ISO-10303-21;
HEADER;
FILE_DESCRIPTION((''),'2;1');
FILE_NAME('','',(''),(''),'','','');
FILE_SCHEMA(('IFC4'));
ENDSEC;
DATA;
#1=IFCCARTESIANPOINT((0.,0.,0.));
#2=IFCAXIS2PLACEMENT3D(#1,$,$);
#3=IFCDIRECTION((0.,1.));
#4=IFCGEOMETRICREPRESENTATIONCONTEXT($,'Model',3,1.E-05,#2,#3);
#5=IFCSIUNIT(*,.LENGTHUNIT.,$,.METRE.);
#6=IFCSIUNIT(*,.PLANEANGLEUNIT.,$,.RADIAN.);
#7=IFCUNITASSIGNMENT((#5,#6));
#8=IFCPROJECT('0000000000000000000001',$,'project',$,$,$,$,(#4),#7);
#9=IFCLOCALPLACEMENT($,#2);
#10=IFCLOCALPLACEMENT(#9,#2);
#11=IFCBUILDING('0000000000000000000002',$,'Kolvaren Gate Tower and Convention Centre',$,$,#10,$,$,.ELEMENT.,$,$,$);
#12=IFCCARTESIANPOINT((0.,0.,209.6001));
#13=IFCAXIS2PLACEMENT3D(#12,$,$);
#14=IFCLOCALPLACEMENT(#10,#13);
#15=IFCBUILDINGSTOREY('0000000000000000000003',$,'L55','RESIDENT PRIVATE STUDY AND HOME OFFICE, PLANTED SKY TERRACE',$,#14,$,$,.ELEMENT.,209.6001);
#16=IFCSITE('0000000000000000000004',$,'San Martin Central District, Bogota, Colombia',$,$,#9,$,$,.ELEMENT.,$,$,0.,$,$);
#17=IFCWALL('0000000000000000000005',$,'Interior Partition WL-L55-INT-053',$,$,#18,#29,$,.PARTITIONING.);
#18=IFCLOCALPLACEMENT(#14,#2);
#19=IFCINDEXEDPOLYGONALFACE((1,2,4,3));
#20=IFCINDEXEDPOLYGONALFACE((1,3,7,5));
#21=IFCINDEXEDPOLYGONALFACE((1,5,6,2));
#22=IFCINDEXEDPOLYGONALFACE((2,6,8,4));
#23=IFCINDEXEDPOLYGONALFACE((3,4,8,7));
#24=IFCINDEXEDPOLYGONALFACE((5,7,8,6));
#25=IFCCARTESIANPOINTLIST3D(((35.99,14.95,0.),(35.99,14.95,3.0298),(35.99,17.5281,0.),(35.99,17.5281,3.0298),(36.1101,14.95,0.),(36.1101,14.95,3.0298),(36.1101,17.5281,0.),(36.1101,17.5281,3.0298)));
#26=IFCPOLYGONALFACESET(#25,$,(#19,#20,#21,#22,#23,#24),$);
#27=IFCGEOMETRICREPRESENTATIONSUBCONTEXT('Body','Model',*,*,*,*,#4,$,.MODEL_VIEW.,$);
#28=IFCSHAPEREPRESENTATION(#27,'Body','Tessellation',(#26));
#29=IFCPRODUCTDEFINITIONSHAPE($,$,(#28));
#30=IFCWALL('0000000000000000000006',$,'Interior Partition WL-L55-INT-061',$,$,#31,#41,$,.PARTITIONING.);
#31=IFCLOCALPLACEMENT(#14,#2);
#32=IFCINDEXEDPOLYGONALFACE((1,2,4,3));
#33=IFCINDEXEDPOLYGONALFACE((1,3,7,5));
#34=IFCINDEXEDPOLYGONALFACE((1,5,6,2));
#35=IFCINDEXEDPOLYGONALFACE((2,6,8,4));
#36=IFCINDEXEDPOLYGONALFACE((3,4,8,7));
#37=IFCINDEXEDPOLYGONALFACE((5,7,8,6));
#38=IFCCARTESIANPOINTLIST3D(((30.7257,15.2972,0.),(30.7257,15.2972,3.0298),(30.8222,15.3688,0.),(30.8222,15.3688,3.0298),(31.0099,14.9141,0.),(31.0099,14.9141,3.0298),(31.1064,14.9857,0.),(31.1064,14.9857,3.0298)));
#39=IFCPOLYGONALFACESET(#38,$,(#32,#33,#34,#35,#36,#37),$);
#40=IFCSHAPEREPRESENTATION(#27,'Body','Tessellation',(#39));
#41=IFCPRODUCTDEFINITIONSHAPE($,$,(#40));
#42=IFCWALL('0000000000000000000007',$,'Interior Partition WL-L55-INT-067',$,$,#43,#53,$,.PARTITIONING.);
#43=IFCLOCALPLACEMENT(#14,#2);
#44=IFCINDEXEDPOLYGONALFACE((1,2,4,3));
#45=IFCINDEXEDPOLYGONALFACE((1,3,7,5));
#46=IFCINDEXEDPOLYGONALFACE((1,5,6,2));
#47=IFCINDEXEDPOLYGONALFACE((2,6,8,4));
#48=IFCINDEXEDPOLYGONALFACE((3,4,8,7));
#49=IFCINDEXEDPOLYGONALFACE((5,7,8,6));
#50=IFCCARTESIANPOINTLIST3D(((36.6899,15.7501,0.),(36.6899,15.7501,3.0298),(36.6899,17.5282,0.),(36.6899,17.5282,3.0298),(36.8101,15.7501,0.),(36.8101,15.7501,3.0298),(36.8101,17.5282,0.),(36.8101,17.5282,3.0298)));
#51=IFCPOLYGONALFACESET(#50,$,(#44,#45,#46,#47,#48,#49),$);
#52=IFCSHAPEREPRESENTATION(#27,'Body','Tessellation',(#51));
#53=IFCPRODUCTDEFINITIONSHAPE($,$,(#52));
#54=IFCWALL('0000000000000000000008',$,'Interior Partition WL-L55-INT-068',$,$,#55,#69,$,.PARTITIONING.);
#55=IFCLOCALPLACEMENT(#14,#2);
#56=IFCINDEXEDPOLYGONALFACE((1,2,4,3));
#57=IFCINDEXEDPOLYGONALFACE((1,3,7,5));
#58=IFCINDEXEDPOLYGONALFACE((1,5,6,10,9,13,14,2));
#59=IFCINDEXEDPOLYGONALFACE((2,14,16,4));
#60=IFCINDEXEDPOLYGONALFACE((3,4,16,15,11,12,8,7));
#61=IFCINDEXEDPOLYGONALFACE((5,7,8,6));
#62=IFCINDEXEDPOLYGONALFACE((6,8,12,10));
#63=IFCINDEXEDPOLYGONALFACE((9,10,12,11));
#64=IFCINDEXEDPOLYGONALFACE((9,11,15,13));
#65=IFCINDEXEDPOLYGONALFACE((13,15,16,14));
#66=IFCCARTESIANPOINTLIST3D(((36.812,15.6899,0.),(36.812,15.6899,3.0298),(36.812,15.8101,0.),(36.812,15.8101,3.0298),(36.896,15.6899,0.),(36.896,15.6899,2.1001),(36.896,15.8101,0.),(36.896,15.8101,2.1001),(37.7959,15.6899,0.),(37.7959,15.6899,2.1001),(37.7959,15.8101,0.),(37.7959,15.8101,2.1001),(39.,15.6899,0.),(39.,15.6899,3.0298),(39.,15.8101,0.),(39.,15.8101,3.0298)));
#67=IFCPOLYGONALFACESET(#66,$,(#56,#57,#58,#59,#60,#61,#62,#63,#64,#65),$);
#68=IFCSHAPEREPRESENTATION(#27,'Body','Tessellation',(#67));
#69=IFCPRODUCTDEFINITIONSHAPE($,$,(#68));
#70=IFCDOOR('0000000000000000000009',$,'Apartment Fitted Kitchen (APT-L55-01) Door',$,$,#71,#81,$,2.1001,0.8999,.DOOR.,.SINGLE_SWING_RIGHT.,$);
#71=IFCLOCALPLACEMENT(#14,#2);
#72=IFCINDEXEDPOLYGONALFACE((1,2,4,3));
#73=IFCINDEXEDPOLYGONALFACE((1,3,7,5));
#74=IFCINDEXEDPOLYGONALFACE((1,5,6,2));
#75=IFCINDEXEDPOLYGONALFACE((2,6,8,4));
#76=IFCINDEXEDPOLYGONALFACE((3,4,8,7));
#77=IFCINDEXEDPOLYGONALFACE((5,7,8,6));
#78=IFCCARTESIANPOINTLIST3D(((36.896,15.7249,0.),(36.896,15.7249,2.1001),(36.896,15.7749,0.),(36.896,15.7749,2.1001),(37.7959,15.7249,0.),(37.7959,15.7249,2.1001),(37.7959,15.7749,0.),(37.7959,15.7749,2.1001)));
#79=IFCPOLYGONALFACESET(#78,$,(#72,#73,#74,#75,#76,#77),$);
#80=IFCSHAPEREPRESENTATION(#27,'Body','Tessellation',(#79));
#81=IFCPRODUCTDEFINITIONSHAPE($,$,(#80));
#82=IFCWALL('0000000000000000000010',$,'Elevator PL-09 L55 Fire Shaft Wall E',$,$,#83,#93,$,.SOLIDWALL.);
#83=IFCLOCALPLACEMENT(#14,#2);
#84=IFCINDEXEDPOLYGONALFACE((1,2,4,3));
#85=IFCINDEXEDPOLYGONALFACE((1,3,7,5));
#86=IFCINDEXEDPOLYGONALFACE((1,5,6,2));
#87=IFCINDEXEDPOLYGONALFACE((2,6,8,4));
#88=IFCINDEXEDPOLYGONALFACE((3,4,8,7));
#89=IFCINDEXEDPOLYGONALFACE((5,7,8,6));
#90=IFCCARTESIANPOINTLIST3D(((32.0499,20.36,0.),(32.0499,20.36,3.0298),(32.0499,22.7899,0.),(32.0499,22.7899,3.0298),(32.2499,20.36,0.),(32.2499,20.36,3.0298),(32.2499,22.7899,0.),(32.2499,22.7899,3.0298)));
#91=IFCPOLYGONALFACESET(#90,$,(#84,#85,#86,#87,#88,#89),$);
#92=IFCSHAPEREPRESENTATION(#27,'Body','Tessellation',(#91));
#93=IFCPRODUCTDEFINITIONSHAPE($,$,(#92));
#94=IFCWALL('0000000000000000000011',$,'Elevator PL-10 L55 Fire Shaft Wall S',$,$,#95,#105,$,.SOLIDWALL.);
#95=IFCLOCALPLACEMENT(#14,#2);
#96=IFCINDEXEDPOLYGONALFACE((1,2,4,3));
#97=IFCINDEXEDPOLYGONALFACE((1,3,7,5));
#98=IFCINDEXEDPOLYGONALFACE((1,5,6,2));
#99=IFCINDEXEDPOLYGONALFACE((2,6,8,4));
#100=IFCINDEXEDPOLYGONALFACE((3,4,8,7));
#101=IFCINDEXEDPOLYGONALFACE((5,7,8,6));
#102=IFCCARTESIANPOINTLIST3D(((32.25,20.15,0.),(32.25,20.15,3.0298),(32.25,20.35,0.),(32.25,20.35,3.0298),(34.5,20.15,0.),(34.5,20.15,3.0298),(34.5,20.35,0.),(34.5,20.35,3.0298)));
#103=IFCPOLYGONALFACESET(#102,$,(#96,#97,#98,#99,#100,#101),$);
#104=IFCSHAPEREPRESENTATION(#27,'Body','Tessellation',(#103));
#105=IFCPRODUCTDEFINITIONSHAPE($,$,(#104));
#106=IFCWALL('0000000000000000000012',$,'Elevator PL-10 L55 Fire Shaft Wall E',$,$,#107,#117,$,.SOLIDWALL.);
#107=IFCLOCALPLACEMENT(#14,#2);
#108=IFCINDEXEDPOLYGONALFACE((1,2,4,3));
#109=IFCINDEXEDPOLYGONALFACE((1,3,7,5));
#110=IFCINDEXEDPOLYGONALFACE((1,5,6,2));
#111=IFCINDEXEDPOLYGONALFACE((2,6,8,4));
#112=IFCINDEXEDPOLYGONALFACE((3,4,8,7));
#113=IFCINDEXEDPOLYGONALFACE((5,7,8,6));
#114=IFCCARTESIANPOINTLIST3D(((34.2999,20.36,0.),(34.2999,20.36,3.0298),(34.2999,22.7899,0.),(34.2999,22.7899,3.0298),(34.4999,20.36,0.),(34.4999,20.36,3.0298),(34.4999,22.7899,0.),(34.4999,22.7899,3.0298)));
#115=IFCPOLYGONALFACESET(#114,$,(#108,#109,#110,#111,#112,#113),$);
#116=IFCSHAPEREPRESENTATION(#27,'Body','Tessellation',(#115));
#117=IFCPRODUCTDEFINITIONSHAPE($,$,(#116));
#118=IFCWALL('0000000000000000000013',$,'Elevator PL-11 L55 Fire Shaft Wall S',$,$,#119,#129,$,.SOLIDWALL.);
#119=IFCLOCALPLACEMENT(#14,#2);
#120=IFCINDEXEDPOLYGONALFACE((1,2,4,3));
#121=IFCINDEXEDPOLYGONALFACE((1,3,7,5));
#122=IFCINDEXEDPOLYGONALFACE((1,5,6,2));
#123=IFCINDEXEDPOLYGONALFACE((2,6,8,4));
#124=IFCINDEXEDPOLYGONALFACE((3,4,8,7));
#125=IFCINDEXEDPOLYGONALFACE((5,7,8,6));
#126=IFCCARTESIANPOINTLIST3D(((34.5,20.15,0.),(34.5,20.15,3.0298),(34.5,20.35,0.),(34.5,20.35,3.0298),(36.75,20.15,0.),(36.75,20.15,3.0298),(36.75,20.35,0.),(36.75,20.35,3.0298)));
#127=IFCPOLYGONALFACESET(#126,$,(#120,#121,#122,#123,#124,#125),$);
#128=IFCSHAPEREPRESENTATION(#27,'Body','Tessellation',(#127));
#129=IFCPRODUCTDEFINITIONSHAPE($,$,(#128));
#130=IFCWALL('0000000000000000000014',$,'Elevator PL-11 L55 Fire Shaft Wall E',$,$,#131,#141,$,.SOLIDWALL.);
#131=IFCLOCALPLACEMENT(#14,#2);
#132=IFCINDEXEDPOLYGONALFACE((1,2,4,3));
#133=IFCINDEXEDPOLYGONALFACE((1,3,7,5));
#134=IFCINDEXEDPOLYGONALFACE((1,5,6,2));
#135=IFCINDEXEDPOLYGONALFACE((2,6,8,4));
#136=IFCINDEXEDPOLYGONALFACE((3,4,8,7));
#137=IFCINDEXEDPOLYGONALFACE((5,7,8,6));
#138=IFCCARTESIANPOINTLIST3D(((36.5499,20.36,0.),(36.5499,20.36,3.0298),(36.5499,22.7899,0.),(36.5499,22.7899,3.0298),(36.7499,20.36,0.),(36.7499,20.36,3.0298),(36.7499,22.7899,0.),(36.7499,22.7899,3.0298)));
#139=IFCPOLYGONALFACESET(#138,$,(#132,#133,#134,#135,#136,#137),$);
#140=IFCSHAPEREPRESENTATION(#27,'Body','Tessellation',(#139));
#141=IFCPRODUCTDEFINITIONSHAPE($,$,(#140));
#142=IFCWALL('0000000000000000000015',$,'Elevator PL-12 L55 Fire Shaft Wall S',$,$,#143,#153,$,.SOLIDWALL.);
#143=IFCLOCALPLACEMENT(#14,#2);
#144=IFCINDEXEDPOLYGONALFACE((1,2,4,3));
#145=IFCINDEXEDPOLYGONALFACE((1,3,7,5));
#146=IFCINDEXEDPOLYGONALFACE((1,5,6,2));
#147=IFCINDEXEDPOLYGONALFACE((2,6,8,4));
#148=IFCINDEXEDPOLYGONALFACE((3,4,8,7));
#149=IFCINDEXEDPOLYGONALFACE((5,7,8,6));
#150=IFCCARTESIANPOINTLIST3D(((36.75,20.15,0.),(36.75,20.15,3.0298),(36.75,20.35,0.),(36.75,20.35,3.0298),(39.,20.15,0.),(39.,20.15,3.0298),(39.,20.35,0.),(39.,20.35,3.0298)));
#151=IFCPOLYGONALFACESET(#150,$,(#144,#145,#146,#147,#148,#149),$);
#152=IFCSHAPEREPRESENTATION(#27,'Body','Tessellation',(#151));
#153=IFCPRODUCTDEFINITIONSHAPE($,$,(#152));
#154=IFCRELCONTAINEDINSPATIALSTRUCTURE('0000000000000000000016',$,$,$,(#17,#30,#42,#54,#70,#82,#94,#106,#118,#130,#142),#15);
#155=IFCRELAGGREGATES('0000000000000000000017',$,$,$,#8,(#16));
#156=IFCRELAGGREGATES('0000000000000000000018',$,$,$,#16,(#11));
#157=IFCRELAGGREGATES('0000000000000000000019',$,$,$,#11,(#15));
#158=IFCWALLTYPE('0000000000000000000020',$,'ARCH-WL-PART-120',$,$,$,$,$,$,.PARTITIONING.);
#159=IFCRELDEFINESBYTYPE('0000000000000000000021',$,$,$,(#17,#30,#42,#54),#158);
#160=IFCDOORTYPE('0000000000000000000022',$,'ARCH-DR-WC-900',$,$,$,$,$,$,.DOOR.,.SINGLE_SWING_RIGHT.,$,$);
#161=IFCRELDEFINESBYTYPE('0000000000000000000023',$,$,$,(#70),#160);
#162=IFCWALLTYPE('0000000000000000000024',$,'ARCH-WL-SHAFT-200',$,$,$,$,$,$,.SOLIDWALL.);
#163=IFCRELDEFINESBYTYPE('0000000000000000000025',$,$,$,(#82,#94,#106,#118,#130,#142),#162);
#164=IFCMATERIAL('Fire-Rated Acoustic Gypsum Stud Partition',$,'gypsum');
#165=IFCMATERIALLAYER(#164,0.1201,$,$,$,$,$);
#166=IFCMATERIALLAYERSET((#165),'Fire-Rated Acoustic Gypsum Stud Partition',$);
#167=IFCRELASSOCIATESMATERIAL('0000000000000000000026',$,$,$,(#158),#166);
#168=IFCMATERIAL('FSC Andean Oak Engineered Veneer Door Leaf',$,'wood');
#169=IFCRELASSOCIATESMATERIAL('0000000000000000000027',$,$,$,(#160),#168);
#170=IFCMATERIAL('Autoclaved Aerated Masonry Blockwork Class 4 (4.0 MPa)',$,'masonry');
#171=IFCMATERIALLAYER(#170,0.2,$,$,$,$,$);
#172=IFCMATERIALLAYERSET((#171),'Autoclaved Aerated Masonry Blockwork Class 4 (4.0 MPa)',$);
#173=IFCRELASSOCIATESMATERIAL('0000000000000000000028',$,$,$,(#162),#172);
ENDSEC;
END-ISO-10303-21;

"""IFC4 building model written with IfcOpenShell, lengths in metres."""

from ifc_helpers import new_model, si_unit, direction, frame, frame_2d, origin, place, context, subcontext, project, spatial, rectangle, extrude, material, layer, layer_set, type_object, element, fill, save


model = new_model("IFC4")

# Units and contexts
model_context = context("Model", 3, precision=1e-05, world=origin(), true_north=direction((0.0, 1.0)))
body_context = subcontext(model_context, "Body", "Model", "MODEL_VIEW")
ifc_project = project(units=[si_unit("LENGTHUNIT", "METRE"), si_unit("PLANEANGLEUNIT", "RADIAN")], contexts=[model_context])

# Site, building, storey
site_placement = place(None, origin())
site = spatial("IfcSite", under=ifc_project, at=site_placement, Name="San Martin Central District, Bogota, Colombia", CompositionType="ELEMENT", RefElevation=0.0)
building_placement = place(site_placement, origin())
building = spatial("IfcBuilding", under=site, at=building_placement, Name="Kolvaren Gate Tower and Convention Centre", CompositionType="ELEMENT")
storey_placement = place(building_placement, frame((0.0, 0.0, 209.6001)))
storey = spatial("IfcBuildingStorey", under=building, at=storey_placement, Name="L55", Description="RESIDENT PRIVATE STUDY AND HOME OFFICE, PLANTED SKY TERRACE", CompositionType="ELEMENT", Elevation=209.6001)

# Shared definitions
ifc_material_1 = material(Name="Autoclaved Aerated Masonry Blockwork Class 4 (4.0 MPa)", Category="masonry")

# Walls
ifc_material_2 = material(Name="Fire-Rated Acoustic Gypsum Stud Partition", Category="gypsum")
ifc_layer_1 = layer(ifc_material_2, 0.1201)
ifc_layer_set_1 = layer_set([ifc_layer_1], Name="Fire-Rated Acoustic Gypsum Stud Partition")
wall_type_1 = type_object("IfcWallType", Name="ARCH-WL-PART-120", PredefinedType="PARTITIONING", material=ifc_layer_set_1)
wall_1_placement = place(storey_placement, frame((36.05, 14.95, 0.0), z_axis=(0.0, 0.0, 1.0), x_axis=(0.0, 1.0, 0.0)))
element("IfcWall", 1, at=wall_1_placement, inside=storey, type_object=wall_type_1, Name="Interior Partition WL-L55-INT-053", PredefinedType="PARTITIONING", context=body_context, shape_type="SweptSolid", body=[
    extrude(rectangle(XDim=2.5781, YDim=0.1201, at=frame_2d((1.2891, 0.0))), origin(), (0.0, 0.0, 1.0), 3.0298),
])
wall_2_placement = place(storey_placement, frame((30.7739, 15.333, 0.0), z_axis=(0.0, 0.0, 1.0), x_axis=(0.595815, -0.803122, 0.0)))
element("IfcWall", 2, at=wall_2_placement, inside=storey, type_object=wall_type_1, Name="Interior Partition WL-L55-INT-061", PredefinedType="PARTITIONING", context=body_context, shape_type="SweptSolid", body=[
    extrude(rectangle(XDim=0.4771, YDim=0.1201, at=frame_2d((0.2385, 0.0))), origin(), (0.0, 0.0, 1.0), 3.0298),
])
wall_3_placement = place(storey_placement, frame((36.75, 15.75, 0.0), z_axis=(0.0, 0.0, 1.0), x_axis=(0.0, 1.0, 0.0)))
element("IfcWall", 3, at=wall_3_placement, inside=storey, type_object=wall_type_1, Name="Interior Partition WL-L55-INT-067", PredefinedType="PARTITIONING", context=body_context, shape_type="SweptSolid", body=[
    extrude(rectangle(XDim=1.7781, YDim=0.1201, at=frame_2d((0.8892, 0.0))), origin(), (0.0, 0.0, 1.0), 3.0298),
])

# Wall, opening, door
wall_4_placement = place(storey_placement, frame((36.812, 15.75, 0.0), z_axis=(0.0, 0.0, 1.0), x_axis=(1.0, 0.0, 0.0)))
wall_4 = element("IfcWall", 4, at=wall_4_placement, inside=storey, type_object=wall_type_1, Name="Interior Partition WL-L55-INT-068", PredefinedType="PARTITIONING", context=body_context, shape_type="SweptSolid", body=[
    extrude(rectangle(XDim=2.188, YDim=0.1201, at=frame_2d((1.094, 0.0))), origin(), (0.0, 0.0, 1.0), 3.0298),
])
opening_1_placement = place(wall_4_placement, frame((0.084, 0.0, 0.0)))
opening_1 = element("IfcOpeningElement", 5, at=opening_1_placement, cuts=wall_4, PredefinedType="OPENING", context=body_context, shape_type="SweptSolid", body=[
    extrude(rectangle(XDim=0.8999, YDim=2.1001, at=frame_2d((0.45, 1.05))), frame((0.0, 0.0701, 0.0), z_axis=(0.0, -1.0, 0.0), x_axis=(1.0, 0.0, 0.0)), (0.0, 0.0, 1.0), 0.1401),
])
ifc_material_3 = material(Name="FSC Andean Oak Engineered Veneer Door Leaf", Category="wood")
door_type_1 = type_object("IfcDoorType", Name="ARCH-DR-WC-900", OperationType="SINGLE_SWING_RIGHT", PredefinedType="DOOR", material=ifc_material_3)
door_1_placement = place(opening_1_placement, origin())
door_1 = element("IfcDoor", 6, at=door_1_placement, inside=storey, type_object=door_type_1, Name="Apartment Fitted Kitchen (APT-L55-01) Door", OperationType="SINGLE_SWING_RIGHT", OverallHeight=2.1001, OverallWidth=0.8999, PredefinedType="DOOR", context=body_context, shape_type="SweptSolid", body=[
    extrude(rectangle(XDim=0.8999, YDim=2.1001, at=frame_2d((0.45, 1.05))), frame((0.0, 0.0249, 0.0), z_axis=(0.0, -1.0, 0.0), x_axis=(1.0, 0.0, 0.0)), (0.0, 0.0, 1.0), 0.05),
])
fill(opening_1, door_1)

# Walls
ifc_layer_2 = layer(ifc_material_1, 0.2)
ifc_layer_set_2 = layer_set([ifc_layer_2], Name="Autoclaved Aerated Masonry Blockwork Class 4 (4.0 MPa)")
wall_type_2 = type_object("IfcWallType", Name="ARCH-WL-SHAFT-200", PredefinedType="SOLIDWALL", material=ifc_layer_set_2)
wall_5_placement = place(storey_placement, frame((32.1499, 20.3601, 0.0), z_axis=(0.0, 0.0, 1.0), x_axis=(0.0, 1.0, 0.0)))
element("IfcWall", 7, at=wall_5_placement, inside=storey, type_object=wall_type_2, Name="Elevator PL-09 L55 Fire Shaft Wall E", PredefinedType="SOLIDWALL", context=body_context, shape_type="SweptSolid", body=[
    extrude(rectangle(XDim=2.4299, YDim=0.2, at=frame_2d((1.2148, 0.0))), origin(), (0.0, 0.0, 1.0), 3.0298),
])
wall_6_placement = place(storey_placement, frame((32.25, 20.25, 0.0), z_axis=(0.0, 0.0, 1.0), x_axis=(1.0, 0.0, 0.0)))
element("IfcWall", 8, at=wall_6_placement, inside=storey, type_object=wall_type_2, Name="Elevator PL-10 L55 Fire Shaft Wall S", PredefinedType="SOLIDWALL", context=body_context, shape_type="SweptSolid", body=[
    extrude(rectangle(XDim=2.25, YDim=0.2, at=frame_2d((1.125, 0.0))), origin(), (0.0, 0.0, 1.0), 3.0298),
])
wall_7_placement = place(storey_placement, frame((34.3999, 20.3601, 0.0), z_axis=(0.0, 0.0, 1.0), x_axis=(0.0, 1.0, 0.0)))
element("IfcWall", 9, at=wall_7_placement, inside=storey, type_object=wall_type_2, Name="Elevator PL-10 L55 Fire Shaft Wall E", PredefinedType="SOLIDWALL", context=body_context, shape_type="SweptSolid", body=[
    extrude(rectangle(XDim=2.4299, YDim=0.2, at=frame_2d((1.2148, 0.0))), origin(), (0.0, 0.0, 1.0), 3.0298),
])
wall_8_placement = place(storey_placement, frame((34.5, 20.25, 0.0), z_axis=(0.0, 0.0, 1.0), x_axis=(1.0, 0.0, 0.0)))
element("IfcWall", 10, at=wall_8_placement, inside=storey, type_object=wall_type_2, Name="Elevator PL-11 L55 Fire Shaft Wall S", PredefinedType="SOLIDWALL", context=body_context, shape_type="SweptSolid", body=[
    extrude(rectangle(XDim=2.25, YDim=0.2, at=frame_2d((1.125, 0.0))), origin(), (0.0, 0.0, 1.0), 3.0298),
])
wall_9_placement = place(storey_placement, frame((36.6499, 20.3601, 0.0), z_axis=(0.0, 0.0, 1.0), x_axis=(0.0, 1.0, 0.0)))
element("IfcWall", 11, at=wall_9_placement, inside=storey, type_object=wall_type_2, Name="Elevator PL-11 L55 Fire Shaft Wall E", PredefinedType="SOLIDWALL", context=body_context, shape_type="SweptSolid", body=[
    extrude(rectangle(XDim=2.4299, YDim=0.2, at=frame_2d((1.2148, 0.0))), origin(), (0.0, 0.0, 1.0), 3.0298),
])
wall_10_placement = place(storey_placement, frame((36.75, 20.25, 0.0), z_axis=(0.0, 0.0, 1.0), x_axis=(1.0, 0.0, 0.0)))
element("IfcWall", 12, at=wall_10_placement, inside=storey, type_object=wall_type_2, Name="Elevator PL-12 L55 Fire Shaft Wall S", PredefinedType="SOLIDWALL", context=body_context, shape_type="SweptSolid", body=[
    extrude(rectangle(XDim=2.25, YDim=0.2, at=frame_2d((1.125, 0.0))), origin(), (0.0, 0.0, 1.0), 3.0298),
])

save(model, "model.ifc")
